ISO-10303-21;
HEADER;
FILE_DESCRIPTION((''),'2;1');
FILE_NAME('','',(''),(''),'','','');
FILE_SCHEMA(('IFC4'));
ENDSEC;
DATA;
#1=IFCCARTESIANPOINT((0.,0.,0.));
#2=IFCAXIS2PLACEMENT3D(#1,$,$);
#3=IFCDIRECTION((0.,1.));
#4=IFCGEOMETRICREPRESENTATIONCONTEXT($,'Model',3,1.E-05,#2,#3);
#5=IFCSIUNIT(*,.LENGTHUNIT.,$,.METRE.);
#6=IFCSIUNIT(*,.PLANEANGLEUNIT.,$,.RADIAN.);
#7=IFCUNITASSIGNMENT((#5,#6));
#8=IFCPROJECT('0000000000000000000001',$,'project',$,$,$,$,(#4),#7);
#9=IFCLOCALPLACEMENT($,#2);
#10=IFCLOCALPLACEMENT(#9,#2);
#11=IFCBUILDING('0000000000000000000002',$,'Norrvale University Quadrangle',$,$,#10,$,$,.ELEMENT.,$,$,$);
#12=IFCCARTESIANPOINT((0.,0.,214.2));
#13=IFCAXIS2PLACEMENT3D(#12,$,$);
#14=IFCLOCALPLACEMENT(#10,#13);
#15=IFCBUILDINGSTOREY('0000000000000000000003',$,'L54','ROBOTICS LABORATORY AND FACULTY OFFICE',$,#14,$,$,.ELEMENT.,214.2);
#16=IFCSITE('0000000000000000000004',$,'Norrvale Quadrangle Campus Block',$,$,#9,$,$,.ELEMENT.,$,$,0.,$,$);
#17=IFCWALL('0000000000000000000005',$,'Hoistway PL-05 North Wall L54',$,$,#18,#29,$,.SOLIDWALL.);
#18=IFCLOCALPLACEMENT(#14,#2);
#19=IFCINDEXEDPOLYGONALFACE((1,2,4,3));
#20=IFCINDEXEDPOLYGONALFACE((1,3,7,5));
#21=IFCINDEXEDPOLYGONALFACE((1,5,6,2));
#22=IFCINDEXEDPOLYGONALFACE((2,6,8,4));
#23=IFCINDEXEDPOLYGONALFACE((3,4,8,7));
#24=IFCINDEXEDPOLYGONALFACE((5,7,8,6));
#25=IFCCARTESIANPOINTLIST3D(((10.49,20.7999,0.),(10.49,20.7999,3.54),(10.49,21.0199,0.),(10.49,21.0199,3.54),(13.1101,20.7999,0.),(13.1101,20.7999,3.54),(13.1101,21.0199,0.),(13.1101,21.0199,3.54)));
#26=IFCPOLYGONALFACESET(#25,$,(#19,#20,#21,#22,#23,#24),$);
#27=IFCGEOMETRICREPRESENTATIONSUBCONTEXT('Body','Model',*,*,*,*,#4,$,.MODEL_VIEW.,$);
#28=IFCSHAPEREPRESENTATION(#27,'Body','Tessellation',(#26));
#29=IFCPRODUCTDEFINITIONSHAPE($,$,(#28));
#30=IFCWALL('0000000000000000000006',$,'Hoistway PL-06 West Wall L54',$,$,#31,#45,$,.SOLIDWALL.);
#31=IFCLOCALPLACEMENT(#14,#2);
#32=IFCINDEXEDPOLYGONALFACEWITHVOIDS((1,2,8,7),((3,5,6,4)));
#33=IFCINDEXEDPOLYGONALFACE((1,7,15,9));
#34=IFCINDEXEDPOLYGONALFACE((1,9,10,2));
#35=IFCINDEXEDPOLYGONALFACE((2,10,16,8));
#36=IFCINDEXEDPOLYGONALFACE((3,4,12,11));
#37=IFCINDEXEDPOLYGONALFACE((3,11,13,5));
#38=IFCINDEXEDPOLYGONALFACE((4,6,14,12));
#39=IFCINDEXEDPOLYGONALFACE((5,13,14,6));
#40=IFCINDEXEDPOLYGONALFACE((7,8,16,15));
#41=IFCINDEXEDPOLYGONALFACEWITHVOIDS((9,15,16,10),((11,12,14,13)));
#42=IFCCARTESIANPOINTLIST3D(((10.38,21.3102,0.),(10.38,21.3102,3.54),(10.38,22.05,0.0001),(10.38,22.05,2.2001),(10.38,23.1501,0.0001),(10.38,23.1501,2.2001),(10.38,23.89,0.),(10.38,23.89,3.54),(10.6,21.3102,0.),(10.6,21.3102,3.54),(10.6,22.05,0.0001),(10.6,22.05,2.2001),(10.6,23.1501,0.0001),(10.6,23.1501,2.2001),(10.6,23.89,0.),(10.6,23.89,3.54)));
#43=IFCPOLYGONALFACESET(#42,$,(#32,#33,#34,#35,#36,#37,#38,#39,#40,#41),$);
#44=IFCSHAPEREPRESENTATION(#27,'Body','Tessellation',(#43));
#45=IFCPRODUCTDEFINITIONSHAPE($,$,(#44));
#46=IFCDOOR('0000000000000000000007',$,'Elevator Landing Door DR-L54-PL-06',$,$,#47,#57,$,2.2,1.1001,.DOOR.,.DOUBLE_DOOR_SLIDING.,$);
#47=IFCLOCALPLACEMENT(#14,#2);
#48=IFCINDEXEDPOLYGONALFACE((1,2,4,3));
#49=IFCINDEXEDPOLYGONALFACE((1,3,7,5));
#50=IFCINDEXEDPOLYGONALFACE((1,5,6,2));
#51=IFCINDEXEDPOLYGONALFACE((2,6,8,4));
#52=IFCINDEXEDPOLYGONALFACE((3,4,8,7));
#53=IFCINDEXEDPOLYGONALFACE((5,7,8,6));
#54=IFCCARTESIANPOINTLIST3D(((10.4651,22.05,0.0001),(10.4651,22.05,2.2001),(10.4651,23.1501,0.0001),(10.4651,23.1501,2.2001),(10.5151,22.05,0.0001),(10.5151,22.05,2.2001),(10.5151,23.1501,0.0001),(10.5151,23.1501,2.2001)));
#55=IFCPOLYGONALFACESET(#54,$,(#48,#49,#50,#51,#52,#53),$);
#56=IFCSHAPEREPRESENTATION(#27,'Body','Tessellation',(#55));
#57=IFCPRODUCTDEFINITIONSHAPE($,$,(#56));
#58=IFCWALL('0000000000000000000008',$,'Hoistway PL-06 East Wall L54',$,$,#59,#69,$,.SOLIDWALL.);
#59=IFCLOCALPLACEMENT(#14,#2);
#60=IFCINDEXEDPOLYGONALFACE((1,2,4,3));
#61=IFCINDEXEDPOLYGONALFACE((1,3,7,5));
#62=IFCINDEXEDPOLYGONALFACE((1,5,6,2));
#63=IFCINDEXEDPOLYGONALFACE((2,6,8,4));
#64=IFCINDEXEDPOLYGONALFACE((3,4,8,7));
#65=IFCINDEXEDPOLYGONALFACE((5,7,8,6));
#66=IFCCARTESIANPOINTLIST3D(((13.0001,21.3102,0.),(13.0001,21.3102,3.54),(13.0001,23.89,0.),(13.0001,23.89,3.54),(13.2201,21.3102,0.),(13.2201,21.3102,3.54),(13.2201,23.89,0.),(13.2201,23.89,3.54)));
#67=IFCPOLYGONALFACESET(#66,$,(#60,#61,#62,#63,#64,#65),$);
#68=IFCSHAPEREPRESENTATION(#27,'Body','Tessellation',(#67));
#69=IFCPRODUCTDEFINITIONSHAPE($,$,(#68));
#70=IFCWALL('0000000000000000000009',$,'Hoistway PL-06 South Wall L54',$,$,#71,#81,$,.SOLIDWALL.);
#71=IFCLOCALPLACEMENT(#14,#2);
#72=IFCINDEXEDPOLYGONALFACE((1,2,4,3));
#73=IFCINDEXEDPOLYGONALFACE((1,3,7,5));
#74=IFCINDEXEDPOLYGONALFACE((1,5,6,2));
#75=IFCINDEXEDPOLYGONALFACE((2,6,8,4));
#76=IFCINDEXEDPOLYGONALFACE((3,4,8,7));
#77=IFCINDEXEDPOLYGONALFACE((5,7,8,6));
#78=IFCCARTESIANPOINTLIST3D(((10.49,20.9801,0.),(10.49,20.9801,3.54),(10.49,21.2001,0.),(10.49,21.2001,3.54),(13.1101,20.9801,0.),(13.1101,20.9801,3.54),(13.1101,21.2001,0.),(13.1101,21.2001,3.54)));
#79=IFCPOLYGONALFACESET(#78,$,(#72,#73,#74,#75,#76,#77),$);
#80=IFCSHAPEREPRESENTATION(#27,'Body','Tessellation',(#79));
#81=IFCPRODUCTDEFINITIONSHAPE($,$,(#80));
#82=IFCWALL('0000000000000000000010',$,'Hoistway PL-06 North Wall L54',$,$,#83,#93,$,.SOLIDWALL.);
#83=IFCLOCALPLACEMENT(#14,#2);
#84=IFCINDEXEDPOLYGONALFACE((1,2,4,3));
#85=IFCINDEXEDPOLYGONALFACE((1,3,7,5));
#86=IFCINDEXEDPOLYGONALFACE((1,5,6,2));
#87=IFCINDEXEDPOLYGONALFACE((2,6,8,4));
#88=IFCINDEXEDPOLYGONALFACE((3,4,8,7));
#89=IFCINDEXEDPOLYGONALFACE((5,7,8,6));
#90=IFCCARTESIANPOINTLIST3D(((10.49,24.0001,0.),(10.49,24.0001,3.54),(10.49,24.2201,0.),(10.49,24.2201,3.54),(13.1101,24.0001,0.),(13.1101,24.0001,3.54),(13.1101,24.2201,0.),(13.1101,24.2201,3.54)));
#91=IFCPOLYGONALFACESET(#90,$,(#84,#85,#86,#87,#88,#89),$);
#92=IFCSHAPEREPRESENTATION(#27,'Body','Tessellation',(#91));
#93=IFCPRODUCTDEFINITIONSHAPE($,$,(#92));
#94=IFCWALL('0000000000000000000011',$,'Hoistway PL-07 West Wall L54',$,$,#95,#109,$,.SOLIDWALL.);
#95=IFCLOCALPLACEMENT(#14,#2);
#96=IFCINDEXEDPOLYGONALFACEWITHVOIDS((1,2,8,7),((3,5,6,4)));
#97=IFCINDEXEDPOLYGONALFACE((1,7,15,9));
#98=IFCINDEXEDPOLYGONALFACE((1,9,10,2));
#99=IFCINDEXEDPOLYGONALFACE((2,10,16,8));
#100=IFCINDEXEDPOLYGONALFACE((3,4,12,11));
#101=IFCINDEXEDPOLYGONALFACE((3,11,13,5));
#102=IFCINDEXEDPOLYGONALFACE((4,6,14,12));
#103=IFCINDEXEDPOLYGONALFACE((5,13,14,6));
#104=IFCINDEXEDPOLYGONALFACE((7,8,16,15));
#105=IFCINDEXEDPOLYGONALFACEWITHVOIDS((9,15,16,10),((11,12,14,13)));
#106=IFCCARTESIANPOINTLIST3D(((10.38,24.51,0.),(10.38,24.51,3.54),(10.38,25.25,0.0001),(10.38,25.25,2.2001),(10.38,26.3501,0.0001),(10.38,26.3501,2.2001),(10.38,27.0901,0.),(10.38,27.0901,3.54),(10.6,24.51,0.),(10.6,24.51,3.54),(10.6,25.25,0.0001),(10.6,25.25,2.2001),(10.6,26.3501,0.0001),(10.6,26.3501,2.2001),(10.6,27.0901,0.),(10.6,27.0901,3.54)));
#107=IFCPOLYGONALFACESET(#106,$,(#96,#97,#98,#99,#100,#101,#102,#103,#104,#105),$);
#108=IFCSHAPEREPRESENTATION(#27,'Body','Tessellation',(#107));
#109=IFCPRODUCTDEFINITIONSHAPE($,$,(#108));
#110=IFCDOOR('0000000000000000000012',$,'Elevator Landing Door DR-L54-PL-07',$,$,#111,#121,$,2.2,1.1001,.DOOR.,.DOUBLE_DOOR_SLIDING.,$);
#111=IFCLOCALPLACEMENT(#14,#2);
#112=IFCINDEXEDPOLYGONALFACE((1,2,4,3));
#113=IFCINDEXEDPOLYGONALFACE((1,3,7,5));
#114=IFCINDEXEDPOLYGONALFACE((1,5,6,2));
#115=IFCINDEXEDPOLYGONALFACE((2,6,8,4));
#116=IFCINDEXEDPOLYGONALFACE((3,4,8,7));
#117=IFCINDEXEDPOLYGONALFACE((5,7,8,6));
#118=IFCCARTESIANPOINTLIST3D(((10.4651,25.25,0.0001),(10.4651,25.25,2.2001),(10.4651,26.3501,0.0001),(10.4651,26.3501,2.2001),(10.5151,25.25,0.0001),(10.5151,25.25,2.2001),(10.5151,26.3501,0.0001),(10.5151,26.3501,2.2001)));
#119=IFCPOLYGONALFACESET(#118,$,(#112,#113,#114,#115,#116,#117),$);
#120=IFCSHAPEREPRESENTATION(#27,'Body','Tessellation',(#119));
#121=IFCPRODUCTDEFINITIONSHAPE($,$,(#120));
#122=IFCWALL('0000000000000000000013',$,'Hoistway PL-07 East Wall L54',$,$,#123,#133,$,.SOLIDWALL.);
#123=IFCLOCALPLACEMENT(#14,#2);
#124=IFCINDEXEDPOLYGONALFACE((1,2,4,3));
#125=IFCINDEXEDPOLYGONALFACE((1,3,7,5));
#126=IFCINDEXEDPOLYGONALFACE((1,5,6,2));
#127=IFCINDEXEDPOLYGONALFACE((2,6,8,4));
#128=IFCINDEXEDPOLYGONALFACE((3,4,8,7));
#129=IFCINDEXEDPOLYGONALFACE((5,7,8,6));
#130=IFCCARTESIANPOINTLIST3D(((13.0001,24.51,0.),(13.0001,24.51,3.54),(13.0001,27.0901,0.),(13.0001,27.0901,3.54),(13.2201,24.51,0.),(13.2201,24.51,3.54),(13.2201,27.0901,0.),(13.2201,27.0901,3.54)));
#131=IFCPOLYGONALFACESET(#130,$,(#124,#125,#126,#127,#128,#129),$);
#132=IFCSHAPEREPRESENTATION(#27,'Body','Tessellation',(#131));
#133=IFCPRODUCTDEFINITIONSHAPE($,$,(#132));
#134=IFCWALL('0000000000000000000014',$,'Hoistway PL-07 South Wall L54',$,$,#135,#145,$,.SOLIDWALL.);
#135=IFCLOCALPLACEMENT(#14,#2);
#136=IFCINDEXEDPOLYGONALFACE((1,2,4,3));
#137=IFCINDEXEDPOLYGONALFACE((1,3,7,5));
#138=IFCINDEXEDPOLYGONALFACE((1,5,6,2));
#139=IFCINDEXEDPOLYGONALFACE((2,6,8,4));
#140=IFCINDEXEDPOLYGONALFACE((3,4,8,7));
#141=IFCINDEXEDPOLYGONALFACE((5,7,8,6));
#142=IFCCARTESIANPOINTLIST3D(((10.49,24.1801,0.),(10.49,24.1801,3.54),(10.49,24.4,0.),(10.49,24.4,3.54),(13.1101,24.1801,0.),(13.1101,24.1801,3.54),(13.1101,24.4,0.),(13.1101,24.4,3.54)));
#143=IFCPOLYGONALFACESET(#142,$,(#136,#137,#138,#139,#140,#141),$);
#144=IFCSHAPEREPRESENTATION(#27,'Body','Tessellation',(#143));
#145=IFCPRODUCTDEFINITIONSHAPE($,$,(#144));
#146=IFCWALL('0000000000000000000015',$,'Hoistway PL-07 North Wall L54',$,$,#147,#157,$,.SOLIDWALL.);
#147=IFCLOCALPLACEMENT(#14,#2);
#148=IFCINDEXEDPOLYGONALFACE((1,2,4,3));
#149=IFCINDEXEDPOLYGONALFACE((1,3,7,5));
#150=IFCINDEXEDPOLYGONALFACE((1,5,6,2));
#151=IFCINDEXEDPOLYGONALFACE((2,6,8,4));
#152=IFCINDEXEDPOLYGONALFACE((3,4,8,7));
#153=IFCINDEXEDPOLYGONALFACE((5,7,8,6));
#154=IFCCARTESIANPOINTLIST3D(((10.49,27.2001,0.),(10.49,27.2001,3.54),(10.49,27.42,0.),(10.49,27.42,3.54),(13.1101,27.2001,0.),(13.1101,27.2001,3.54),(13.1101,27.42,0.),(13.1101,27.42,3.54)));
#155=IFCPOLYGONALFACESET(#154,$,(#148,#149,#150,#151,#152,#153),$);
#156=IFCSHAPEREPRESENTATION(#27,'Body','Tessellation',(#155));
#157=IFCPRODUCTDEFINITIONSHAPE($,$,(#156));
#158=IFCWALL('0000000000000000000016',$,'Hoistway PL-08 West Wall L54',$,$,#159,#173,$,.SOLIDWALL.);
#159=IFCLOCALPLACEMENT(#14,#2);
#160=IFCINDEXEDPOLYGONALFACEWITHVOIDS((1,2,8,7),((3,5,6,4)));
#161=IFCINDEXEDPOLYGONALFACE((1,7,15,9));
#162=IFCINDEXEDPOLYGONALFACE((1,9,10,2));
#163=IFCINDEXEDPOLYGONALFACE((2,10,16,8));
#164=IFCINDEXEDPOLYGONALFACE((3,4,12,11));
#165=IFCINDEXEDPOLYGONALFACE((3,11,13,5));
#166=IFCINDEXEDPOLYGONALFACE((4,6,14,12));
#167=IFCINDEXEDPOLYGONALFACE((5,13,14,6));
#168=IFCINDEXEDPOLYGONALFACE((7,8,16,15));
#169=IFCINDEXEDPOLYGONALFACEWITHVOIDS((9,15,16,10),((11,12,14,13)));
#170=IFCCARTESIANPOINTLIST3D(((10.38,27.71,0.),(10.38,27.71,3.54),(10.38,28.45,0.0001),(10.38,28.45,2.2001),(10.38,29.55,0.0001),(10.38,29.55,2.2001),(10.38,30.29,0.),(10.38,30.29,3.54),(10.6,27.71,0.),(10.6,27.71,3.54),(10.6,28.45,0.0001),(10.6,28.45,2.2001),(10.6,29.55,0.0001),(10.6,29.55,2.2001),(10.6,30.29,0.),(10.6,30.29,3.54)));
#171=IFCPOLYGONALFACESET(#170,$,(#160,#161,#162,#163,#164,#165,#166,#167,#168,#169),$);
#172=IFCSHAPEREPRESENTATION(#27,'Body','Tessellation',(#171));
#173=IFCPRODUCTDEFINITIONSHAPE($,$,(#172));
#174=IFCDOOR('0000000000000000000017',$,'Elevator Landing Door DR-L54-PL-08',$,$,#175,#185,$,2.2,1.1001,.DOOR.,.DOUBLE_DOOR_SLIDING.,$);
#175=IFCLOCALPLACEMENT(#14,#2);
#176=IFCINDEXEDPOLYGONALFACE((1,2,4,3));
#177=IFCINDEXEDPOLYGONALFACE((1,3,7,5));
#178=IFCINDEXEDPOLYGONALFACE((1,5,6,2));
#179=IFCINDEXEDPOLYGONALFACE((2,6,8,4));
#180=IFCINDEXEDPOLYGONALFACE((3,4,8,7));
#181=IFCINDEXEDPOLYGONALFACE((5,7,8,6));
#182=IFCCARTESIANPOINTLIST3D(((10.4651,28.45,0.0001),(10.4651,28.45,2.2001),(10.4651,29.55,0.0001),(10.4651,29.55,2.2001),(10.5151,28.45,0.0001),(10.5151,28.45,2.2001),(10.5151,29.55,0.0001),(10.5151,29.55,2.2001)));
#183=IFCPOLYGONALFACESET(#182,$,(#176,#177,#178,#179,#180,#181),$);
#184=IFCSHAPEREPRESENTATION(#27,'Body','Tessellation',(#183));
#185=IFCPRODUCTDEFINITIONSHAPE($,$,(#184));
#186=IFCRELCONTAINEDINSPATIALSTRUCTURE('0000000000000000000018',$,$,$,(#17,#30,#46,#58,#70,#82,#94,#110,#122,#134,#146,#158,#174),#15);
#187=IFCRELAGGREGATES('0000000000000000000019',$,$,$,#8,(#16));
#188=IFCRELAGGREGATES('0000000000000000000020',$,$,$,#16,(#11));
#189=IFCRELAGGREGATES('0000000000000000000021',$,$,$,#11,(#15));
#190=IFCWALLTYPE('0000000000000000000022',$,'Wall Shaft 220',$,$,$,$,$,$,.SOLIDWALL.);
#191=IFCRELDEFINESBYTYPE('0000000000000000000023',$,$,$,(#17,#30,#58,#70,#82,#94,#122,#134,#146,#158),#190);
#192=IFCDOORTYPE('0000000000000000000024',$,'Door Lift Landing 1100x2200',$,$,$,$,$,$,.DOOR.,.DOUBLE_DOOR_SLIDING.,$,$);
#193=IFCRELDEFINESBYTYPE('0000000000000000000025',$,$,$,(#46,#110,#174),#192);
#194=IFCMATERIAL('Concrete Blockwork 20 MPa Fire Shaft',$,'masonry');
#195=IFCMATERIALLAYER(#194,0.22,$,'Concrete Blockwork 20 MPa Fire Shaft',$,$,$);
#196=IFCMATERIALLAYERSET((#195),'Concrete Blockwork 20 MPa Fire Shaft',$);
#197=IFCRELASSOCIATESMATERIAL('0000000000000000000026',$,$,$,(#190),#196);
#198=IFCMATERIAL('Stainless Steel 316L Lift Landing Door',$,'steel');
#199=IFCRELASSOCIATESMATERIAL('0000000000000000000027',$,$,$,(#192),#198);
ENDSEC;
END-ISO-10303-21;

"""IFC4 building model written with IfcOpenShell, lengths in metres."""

from ifc_helpers import new_model, si_unit, direction, frame, frame_2d, origin, place, context, subcontext, project, spatial, rectangle, extrude, material, layer, layer_set, type_object, element, fill, save


model = new_model("IFC4")

# Units and contexts
model_context = context("Model", 3, precision=1e-05, world=origin(), true_north=direction((0.0, 1.0)))
body_context = subcontext(model_context, "Body", "Model", "MODEL_VIEW")
ifc_project = project(units=[si_unit("LENGTHUNIT", "METRE"), si_unit("PLANEANGLEUNIT", "RADIAN")], contexts=[model_context])

# Site, building, storey
site_placement = place(None, origin())
site = spatial("IfcSite", under=ifc_project, at=site_placement, Name="Norrvale Quadrangle Campus Block", CompositionType="ELEMENT", RefElevation=0.0)
building_placement = place(site_placement, origin())
building = spatial("IfcBuilding", under=site, at=building_placement, Name="Norrvale University Quadrangle", CompositionType="ELEMENT")
storey_placement = place(building_placement, frame((0.0, 0.0, 214.2)))
storey = spatial("IfcBuildingStorey", under=building, at=storey_placement, Name="L54", Description="ROBOTICS LABORATORY AND FACULTY OFFICE", CompositionType="ELEMENT", Elevation=214.2)

# Wall
ifc_material_1 = material(Name="Concrete Blockwork 20 MPa Fire Shaft", Category="masonry")
ifc_layer_1 = layer(ifc_material_1, 0.22, Name="Concrete Blockwork 20 MPa Fire Shaft")
ifc_layer_set_1 = layer_set([ifc_layer_1], Name="Concrete Blockwork 20 MPa Fire Shaft")
wall_type_1 = type_object("IfcWallType", Name="Wall Shaft 220", PredefinedType="SOLIDWALL", material=ifc_layer_set_1)
wall_1_placement = place(storey_placement, frame((10.49, 20.9099, 0.0), z_axis=(0.0, 0.0, 1.0), x_axis=(1.0, 0.0, 0.0)))
element("IfcWall", 1, at=wall_1_placement, inside=storey, type_object=wall_type_1, Name="Hoistway PL-05 North Wall L54", PredefinedType="SOLIDWALL", context=body_context, shape_type="SweptSolid", body=[
    extrude(rectangle(XDim=2.6201, YDim=0.22, at=frame_2d((1.3101, 0.0))), origin(), (0.0, 0.0, 1.0), 3.54),
])

# Wall, opening, door
wall_2_placement = place(storey_placement, frame((10.49, 21.3101, 0.0), z_axis=(0.0, 0.0, 1.0), x_axis=(0.0, 1.0, 0.0)))
wall_2 = element("IfcWall", 2, at=wall_2_placement, inside=storey, type_object=wall_type_1, Name="Hoistway PL-06 West Wall L54", PredefinedType="SOLIDWALL", context=body_context, shape_type="SweptSolid", body=[
    extrude(rectangle(XDim=2.5798, YDim=0.22, at=frame_2d((1.29, 0.0))), origin(), (0.0, 0.0, 1.0), 3.54),
])
opening_1_placement = place(wall_2_placement, frame((0.74, 0.0, 0.0)))
opening_1 = element("IfcOpeningElement", 3, at=opening_1_placement, cuts=wall_2, PredefinedType="OPENING", context=body_context, shape_type="SweptSolid", body=[
    extrude(rectangle(XDim=1.1001, YDim=2.2, at=frame_2d((0.55, 1.1001))), frame((0.0, 0.1221, 0.0), z_axis=(0.0, -1.0, 0.0), x_axis=(1.0, 0.0, 0.0)), (0.0, 0.0, 1.0), 0.2439),
])
ifc_material_2 = material(Name="Stainless Steel 316L Lift Landing Door", Category="steel")
door_type_1 = type_object("IfcDoorType", Name="Door Lift Landing 1100x2200", OperationType="DOUBLE_DOOR_SLIDING", PredefinedType="DOOR", material=ifc_material_2)
door_1_placement = place(opening_1_placement, origin())
door_1 = element("IfcDoor", 4, at=door_1_placement, inside=storey, type_object=door_type_1, Name="Elevator Landing Door DR-L54-PL-06", OperationType="DOUBLE_DOOR_SLIDING", OverallHeight=2.2, OverallWidth=1.1001, PredefinedType="DOOR", context=body_context, shape_type="SweptSolid", body=[
    extrude(rectangle(XDim=1.1001, YDim=2.2, at=frame_2d((0.55, 1.1001))), frame((0.0, 0.0249, 0.0), z_axis=(0.0, -1.0, 0.0), x_axis=(1.0, 0.0, 0.0)), (0.0, 0.0, 1.0), 0.05),
])
fill(opening_1, door_1)

# Walls
wall_3_placement = place(storey_placement, frame((13.1101, 21.3101, 0.0), z_axis=(0.0, 0.0, 1.0), x_axis=(0.0, 1.0, 0.0)))
element("IfcWall", 5, at=wall_3_placement, inside=storey, type_object=wall_type_1, Name="Hoistway PL-06 East Wall L54", PredefinedType="SOLIDWALL", context=body_context, shape_type="SweptSolid", body=[
    extrude(rectangle(XDim=2.5798, YDim=0.22, at=frame_2d((1.29, 0.0))), origin(), (0.0, 0.0, 1.0), 3.54),
])
for number, where, z_axis, x_axis, name in (
    (6, (10.49, 21.0901, 0.0), (0.0, 0.0, 1.0), (1.0, 0.0, 0.0), "Hoistway PL-06 South Wall L54"),
    (7, (10.49, 24.1101, 0.0), (0.0, 0.0, 1.0), (1.0, 0.0, 0.0), "Hoistway PL-06 North Wall L54"),
):
    element("IfcWall", number, at=place(storey_placement, frame(where, z_axis=z_axis, x_axis=x_axis)), inside=storey, type_object=wall_type_1, Name=name, PredefinedType="SOLIDWALL", context=body_context, shape_type="SweptSolid", body=[
        extrude(rectangle(XDim=2.6201, YDim=0.22, at=frame_2d((1.3101, 0.0))), origin(), (0.0, 0.0, 1.0), 3.54),
    ])

# Wall, opening, door
wall_4_placement = place(storey_placement, frame((10.49, 24.51, 0.0), z_axis=(0.0, 0.0, 1.0), x_axis=(0.0, 1.0, 0.0)))
wall_4 = element("IfcWall", 8, at=wall_4_placement, inside=storey, type_object=wall_type_1, Name="Hoistway PL-07 West Wall L54", PredefinedType="SOLIDWALL", context=body_context, shape_type="SweptSolid", body=[
    extrude(rectangle(XDim=2.5801, YDim=0.22, at=frame_2d((1.29, 0.0))), origin(), (0.0, 0.0, 1.0), 3.54),
])
opening_2_placement = place(wall_4_placement, frame((0.74, 0.0, 0.0)))
opening_2 = element("IfcOpeningElement", 9, at=opening_2_placement, cuts=wall_4, PredefinedType="OPENING", context=body_context, shape_type="SweptSolid", body=[
    extrude(rectangle(XDim=1.1001, YDim=2.2, at=frame_2d((0.55, 1.1001))), frame((0.0, 0.1221, 0.0), z_axis=(0.0, -1.0, 0.0), x_axis=(1.0, 0.0, 0.0)), (0.0, 0.0, 1.0), 0.2439),
])
door_2_placement = place(opening_2_placement, origin())
door_2 = element("IfcDoor", 10, at=door_2_placement, inside=storey, type_object=door_type_1, Name="Elevator Landing Door DR-L54-PL-07", OperationType="DOUBLE_DOOR_SLIDING", OverallHeight=2.2, OverallWidth=1.1001, PredefinedType="DOOR", context=body_context, shape_type="SweptSolid", body=[
    extrude(rectangle(XDim=1.1001, YDim=2.2, at=frame_2d((0.55, 1.1001))), frame((0.0, 0.0249, 0.0), z_axis=(0.0, -1.0, 0.0), x_axis=(1.0, 0.0, 0.0)), (0.0, 0.0, 1.0), 0.05),
])
fill(opening_2, door_2)

# Walls
wall_5_placement = place(storey_placement, frame((13.1101, 24.51, 0.0), z_axis=(0.0, 0.0, 1.0), x_axis=(0.0, 1.0, 0.0)))
element("IfcWall", 11, at=wall_5_placement, inside=storey, type_object=wall_type_1, Name="Hoistway PL-07 East Wall L54", PredefinedType="SOLIDWALL", context=body_context, shape_type="SweptSolid", body=[
    extrude(rectangle(XDim=2.5801, YDim=0.22, at=frame_2d((1.29, 0.0))), origin(), (0.0, 0.0, 1.0), 3.54),
])
for number, where, z_axis, x_axis, name in (
    (12, (10.49, 24.29, 0.0), (0.0, 0.0, 1.0), (1.0, 0.0, 0.0), "Hoistway PL-07 South Wall L54"),
    (13, (10.49, 27.3101, 0.0), (0.0, 0.0, 1.0), (1.0, 0.0, 0.0), "Hoistway PL-07 North Wall L54"),
):
    element("IfcWall", number, at=place(storey_placement, frame(where, z_axis=z_axis, x_axis=x_axis)), inside=storey, type_object=wall_type_1, Name=name, PredefinedType="SOLIDWALL", context=body_context, shape_type="SweptSolid", body=[
        extrude(rectangle(XDim=2.6201, YDim=0.22, at=frame_2d((1.3101, 0.0))), origin(), (0.0, 0.0, 1.0), 3.54),
    ])

# Wall, opening, door
wall_6_placement = place(storey_placement, frame((10.49, 27.71, 0.0), z_axis=(0.0, 0.0, 1.0), x_axis=(0.0, 1.0, 0.0)))
wall_6 = element("IfcWall", 14, at=wall_6_placement, inside=storey, type_object=wall_type_1, Name="Hoistway PL-08 West Wall L54", PredefinedType="SOLIDWALL", context=body_context, shape_type="SweptSolid", body=[
    extrude(rectangle(XDim=2.5801, YDim=0.22, at=frame_2d((1.29, 0.0))), origin(), (0.0, 0.0, 1.0), 3.54),
])
opening_3_placement = place(wall_6_placement, frame((0.74, 0.0, 0.0)))
opening_3 = element("IfcOpeningElement", 15, at=opening_3_placement, cuts=wall_6, PredefinedType="OPENING", context=body_context, shape_type="SweptSolid", body=[
    extrude(rectangle(XDim=1.1001, YDim=2.2, at=frame_2d((0.55, 1.1001))), frame((0.0, 0.1221, 0.0), z_axis=(0.0, -1.0, 0.0), x_axis=(1.0, 0.0, 0.0)), (0.0, 0.0, 1.0), 0.2439),
])
door_3_placement = place(opening_3_placement, origin())
door_3 = element("IfcDoor", 16, at=door_3_placement, inside=storey, type_object=door_type_1, Name="Elevator Landing Door DR-L54-PL-08", OperationType="DOUBLE_DOOR_SLIDING", OverallHeight=2.2, OverallWidth=1.1001, PredefinedType="DOOR", context=body_context, shape_type="SweptSolid", body=[
    extrude(rectangle(XDim=1.1001, YDim=2.2, at=frame_2d((0.55, 1.1001))), frame((0.0, 0.0249, 0.0), z_axis=(0.0, -1.0, 0.0), x_axis=(1.0, 0.0, 0.0)), (0.0, 0.0, 1.0), 0.05),
])
fill(opening_3, door_3)

save(model, "model.ifc")
